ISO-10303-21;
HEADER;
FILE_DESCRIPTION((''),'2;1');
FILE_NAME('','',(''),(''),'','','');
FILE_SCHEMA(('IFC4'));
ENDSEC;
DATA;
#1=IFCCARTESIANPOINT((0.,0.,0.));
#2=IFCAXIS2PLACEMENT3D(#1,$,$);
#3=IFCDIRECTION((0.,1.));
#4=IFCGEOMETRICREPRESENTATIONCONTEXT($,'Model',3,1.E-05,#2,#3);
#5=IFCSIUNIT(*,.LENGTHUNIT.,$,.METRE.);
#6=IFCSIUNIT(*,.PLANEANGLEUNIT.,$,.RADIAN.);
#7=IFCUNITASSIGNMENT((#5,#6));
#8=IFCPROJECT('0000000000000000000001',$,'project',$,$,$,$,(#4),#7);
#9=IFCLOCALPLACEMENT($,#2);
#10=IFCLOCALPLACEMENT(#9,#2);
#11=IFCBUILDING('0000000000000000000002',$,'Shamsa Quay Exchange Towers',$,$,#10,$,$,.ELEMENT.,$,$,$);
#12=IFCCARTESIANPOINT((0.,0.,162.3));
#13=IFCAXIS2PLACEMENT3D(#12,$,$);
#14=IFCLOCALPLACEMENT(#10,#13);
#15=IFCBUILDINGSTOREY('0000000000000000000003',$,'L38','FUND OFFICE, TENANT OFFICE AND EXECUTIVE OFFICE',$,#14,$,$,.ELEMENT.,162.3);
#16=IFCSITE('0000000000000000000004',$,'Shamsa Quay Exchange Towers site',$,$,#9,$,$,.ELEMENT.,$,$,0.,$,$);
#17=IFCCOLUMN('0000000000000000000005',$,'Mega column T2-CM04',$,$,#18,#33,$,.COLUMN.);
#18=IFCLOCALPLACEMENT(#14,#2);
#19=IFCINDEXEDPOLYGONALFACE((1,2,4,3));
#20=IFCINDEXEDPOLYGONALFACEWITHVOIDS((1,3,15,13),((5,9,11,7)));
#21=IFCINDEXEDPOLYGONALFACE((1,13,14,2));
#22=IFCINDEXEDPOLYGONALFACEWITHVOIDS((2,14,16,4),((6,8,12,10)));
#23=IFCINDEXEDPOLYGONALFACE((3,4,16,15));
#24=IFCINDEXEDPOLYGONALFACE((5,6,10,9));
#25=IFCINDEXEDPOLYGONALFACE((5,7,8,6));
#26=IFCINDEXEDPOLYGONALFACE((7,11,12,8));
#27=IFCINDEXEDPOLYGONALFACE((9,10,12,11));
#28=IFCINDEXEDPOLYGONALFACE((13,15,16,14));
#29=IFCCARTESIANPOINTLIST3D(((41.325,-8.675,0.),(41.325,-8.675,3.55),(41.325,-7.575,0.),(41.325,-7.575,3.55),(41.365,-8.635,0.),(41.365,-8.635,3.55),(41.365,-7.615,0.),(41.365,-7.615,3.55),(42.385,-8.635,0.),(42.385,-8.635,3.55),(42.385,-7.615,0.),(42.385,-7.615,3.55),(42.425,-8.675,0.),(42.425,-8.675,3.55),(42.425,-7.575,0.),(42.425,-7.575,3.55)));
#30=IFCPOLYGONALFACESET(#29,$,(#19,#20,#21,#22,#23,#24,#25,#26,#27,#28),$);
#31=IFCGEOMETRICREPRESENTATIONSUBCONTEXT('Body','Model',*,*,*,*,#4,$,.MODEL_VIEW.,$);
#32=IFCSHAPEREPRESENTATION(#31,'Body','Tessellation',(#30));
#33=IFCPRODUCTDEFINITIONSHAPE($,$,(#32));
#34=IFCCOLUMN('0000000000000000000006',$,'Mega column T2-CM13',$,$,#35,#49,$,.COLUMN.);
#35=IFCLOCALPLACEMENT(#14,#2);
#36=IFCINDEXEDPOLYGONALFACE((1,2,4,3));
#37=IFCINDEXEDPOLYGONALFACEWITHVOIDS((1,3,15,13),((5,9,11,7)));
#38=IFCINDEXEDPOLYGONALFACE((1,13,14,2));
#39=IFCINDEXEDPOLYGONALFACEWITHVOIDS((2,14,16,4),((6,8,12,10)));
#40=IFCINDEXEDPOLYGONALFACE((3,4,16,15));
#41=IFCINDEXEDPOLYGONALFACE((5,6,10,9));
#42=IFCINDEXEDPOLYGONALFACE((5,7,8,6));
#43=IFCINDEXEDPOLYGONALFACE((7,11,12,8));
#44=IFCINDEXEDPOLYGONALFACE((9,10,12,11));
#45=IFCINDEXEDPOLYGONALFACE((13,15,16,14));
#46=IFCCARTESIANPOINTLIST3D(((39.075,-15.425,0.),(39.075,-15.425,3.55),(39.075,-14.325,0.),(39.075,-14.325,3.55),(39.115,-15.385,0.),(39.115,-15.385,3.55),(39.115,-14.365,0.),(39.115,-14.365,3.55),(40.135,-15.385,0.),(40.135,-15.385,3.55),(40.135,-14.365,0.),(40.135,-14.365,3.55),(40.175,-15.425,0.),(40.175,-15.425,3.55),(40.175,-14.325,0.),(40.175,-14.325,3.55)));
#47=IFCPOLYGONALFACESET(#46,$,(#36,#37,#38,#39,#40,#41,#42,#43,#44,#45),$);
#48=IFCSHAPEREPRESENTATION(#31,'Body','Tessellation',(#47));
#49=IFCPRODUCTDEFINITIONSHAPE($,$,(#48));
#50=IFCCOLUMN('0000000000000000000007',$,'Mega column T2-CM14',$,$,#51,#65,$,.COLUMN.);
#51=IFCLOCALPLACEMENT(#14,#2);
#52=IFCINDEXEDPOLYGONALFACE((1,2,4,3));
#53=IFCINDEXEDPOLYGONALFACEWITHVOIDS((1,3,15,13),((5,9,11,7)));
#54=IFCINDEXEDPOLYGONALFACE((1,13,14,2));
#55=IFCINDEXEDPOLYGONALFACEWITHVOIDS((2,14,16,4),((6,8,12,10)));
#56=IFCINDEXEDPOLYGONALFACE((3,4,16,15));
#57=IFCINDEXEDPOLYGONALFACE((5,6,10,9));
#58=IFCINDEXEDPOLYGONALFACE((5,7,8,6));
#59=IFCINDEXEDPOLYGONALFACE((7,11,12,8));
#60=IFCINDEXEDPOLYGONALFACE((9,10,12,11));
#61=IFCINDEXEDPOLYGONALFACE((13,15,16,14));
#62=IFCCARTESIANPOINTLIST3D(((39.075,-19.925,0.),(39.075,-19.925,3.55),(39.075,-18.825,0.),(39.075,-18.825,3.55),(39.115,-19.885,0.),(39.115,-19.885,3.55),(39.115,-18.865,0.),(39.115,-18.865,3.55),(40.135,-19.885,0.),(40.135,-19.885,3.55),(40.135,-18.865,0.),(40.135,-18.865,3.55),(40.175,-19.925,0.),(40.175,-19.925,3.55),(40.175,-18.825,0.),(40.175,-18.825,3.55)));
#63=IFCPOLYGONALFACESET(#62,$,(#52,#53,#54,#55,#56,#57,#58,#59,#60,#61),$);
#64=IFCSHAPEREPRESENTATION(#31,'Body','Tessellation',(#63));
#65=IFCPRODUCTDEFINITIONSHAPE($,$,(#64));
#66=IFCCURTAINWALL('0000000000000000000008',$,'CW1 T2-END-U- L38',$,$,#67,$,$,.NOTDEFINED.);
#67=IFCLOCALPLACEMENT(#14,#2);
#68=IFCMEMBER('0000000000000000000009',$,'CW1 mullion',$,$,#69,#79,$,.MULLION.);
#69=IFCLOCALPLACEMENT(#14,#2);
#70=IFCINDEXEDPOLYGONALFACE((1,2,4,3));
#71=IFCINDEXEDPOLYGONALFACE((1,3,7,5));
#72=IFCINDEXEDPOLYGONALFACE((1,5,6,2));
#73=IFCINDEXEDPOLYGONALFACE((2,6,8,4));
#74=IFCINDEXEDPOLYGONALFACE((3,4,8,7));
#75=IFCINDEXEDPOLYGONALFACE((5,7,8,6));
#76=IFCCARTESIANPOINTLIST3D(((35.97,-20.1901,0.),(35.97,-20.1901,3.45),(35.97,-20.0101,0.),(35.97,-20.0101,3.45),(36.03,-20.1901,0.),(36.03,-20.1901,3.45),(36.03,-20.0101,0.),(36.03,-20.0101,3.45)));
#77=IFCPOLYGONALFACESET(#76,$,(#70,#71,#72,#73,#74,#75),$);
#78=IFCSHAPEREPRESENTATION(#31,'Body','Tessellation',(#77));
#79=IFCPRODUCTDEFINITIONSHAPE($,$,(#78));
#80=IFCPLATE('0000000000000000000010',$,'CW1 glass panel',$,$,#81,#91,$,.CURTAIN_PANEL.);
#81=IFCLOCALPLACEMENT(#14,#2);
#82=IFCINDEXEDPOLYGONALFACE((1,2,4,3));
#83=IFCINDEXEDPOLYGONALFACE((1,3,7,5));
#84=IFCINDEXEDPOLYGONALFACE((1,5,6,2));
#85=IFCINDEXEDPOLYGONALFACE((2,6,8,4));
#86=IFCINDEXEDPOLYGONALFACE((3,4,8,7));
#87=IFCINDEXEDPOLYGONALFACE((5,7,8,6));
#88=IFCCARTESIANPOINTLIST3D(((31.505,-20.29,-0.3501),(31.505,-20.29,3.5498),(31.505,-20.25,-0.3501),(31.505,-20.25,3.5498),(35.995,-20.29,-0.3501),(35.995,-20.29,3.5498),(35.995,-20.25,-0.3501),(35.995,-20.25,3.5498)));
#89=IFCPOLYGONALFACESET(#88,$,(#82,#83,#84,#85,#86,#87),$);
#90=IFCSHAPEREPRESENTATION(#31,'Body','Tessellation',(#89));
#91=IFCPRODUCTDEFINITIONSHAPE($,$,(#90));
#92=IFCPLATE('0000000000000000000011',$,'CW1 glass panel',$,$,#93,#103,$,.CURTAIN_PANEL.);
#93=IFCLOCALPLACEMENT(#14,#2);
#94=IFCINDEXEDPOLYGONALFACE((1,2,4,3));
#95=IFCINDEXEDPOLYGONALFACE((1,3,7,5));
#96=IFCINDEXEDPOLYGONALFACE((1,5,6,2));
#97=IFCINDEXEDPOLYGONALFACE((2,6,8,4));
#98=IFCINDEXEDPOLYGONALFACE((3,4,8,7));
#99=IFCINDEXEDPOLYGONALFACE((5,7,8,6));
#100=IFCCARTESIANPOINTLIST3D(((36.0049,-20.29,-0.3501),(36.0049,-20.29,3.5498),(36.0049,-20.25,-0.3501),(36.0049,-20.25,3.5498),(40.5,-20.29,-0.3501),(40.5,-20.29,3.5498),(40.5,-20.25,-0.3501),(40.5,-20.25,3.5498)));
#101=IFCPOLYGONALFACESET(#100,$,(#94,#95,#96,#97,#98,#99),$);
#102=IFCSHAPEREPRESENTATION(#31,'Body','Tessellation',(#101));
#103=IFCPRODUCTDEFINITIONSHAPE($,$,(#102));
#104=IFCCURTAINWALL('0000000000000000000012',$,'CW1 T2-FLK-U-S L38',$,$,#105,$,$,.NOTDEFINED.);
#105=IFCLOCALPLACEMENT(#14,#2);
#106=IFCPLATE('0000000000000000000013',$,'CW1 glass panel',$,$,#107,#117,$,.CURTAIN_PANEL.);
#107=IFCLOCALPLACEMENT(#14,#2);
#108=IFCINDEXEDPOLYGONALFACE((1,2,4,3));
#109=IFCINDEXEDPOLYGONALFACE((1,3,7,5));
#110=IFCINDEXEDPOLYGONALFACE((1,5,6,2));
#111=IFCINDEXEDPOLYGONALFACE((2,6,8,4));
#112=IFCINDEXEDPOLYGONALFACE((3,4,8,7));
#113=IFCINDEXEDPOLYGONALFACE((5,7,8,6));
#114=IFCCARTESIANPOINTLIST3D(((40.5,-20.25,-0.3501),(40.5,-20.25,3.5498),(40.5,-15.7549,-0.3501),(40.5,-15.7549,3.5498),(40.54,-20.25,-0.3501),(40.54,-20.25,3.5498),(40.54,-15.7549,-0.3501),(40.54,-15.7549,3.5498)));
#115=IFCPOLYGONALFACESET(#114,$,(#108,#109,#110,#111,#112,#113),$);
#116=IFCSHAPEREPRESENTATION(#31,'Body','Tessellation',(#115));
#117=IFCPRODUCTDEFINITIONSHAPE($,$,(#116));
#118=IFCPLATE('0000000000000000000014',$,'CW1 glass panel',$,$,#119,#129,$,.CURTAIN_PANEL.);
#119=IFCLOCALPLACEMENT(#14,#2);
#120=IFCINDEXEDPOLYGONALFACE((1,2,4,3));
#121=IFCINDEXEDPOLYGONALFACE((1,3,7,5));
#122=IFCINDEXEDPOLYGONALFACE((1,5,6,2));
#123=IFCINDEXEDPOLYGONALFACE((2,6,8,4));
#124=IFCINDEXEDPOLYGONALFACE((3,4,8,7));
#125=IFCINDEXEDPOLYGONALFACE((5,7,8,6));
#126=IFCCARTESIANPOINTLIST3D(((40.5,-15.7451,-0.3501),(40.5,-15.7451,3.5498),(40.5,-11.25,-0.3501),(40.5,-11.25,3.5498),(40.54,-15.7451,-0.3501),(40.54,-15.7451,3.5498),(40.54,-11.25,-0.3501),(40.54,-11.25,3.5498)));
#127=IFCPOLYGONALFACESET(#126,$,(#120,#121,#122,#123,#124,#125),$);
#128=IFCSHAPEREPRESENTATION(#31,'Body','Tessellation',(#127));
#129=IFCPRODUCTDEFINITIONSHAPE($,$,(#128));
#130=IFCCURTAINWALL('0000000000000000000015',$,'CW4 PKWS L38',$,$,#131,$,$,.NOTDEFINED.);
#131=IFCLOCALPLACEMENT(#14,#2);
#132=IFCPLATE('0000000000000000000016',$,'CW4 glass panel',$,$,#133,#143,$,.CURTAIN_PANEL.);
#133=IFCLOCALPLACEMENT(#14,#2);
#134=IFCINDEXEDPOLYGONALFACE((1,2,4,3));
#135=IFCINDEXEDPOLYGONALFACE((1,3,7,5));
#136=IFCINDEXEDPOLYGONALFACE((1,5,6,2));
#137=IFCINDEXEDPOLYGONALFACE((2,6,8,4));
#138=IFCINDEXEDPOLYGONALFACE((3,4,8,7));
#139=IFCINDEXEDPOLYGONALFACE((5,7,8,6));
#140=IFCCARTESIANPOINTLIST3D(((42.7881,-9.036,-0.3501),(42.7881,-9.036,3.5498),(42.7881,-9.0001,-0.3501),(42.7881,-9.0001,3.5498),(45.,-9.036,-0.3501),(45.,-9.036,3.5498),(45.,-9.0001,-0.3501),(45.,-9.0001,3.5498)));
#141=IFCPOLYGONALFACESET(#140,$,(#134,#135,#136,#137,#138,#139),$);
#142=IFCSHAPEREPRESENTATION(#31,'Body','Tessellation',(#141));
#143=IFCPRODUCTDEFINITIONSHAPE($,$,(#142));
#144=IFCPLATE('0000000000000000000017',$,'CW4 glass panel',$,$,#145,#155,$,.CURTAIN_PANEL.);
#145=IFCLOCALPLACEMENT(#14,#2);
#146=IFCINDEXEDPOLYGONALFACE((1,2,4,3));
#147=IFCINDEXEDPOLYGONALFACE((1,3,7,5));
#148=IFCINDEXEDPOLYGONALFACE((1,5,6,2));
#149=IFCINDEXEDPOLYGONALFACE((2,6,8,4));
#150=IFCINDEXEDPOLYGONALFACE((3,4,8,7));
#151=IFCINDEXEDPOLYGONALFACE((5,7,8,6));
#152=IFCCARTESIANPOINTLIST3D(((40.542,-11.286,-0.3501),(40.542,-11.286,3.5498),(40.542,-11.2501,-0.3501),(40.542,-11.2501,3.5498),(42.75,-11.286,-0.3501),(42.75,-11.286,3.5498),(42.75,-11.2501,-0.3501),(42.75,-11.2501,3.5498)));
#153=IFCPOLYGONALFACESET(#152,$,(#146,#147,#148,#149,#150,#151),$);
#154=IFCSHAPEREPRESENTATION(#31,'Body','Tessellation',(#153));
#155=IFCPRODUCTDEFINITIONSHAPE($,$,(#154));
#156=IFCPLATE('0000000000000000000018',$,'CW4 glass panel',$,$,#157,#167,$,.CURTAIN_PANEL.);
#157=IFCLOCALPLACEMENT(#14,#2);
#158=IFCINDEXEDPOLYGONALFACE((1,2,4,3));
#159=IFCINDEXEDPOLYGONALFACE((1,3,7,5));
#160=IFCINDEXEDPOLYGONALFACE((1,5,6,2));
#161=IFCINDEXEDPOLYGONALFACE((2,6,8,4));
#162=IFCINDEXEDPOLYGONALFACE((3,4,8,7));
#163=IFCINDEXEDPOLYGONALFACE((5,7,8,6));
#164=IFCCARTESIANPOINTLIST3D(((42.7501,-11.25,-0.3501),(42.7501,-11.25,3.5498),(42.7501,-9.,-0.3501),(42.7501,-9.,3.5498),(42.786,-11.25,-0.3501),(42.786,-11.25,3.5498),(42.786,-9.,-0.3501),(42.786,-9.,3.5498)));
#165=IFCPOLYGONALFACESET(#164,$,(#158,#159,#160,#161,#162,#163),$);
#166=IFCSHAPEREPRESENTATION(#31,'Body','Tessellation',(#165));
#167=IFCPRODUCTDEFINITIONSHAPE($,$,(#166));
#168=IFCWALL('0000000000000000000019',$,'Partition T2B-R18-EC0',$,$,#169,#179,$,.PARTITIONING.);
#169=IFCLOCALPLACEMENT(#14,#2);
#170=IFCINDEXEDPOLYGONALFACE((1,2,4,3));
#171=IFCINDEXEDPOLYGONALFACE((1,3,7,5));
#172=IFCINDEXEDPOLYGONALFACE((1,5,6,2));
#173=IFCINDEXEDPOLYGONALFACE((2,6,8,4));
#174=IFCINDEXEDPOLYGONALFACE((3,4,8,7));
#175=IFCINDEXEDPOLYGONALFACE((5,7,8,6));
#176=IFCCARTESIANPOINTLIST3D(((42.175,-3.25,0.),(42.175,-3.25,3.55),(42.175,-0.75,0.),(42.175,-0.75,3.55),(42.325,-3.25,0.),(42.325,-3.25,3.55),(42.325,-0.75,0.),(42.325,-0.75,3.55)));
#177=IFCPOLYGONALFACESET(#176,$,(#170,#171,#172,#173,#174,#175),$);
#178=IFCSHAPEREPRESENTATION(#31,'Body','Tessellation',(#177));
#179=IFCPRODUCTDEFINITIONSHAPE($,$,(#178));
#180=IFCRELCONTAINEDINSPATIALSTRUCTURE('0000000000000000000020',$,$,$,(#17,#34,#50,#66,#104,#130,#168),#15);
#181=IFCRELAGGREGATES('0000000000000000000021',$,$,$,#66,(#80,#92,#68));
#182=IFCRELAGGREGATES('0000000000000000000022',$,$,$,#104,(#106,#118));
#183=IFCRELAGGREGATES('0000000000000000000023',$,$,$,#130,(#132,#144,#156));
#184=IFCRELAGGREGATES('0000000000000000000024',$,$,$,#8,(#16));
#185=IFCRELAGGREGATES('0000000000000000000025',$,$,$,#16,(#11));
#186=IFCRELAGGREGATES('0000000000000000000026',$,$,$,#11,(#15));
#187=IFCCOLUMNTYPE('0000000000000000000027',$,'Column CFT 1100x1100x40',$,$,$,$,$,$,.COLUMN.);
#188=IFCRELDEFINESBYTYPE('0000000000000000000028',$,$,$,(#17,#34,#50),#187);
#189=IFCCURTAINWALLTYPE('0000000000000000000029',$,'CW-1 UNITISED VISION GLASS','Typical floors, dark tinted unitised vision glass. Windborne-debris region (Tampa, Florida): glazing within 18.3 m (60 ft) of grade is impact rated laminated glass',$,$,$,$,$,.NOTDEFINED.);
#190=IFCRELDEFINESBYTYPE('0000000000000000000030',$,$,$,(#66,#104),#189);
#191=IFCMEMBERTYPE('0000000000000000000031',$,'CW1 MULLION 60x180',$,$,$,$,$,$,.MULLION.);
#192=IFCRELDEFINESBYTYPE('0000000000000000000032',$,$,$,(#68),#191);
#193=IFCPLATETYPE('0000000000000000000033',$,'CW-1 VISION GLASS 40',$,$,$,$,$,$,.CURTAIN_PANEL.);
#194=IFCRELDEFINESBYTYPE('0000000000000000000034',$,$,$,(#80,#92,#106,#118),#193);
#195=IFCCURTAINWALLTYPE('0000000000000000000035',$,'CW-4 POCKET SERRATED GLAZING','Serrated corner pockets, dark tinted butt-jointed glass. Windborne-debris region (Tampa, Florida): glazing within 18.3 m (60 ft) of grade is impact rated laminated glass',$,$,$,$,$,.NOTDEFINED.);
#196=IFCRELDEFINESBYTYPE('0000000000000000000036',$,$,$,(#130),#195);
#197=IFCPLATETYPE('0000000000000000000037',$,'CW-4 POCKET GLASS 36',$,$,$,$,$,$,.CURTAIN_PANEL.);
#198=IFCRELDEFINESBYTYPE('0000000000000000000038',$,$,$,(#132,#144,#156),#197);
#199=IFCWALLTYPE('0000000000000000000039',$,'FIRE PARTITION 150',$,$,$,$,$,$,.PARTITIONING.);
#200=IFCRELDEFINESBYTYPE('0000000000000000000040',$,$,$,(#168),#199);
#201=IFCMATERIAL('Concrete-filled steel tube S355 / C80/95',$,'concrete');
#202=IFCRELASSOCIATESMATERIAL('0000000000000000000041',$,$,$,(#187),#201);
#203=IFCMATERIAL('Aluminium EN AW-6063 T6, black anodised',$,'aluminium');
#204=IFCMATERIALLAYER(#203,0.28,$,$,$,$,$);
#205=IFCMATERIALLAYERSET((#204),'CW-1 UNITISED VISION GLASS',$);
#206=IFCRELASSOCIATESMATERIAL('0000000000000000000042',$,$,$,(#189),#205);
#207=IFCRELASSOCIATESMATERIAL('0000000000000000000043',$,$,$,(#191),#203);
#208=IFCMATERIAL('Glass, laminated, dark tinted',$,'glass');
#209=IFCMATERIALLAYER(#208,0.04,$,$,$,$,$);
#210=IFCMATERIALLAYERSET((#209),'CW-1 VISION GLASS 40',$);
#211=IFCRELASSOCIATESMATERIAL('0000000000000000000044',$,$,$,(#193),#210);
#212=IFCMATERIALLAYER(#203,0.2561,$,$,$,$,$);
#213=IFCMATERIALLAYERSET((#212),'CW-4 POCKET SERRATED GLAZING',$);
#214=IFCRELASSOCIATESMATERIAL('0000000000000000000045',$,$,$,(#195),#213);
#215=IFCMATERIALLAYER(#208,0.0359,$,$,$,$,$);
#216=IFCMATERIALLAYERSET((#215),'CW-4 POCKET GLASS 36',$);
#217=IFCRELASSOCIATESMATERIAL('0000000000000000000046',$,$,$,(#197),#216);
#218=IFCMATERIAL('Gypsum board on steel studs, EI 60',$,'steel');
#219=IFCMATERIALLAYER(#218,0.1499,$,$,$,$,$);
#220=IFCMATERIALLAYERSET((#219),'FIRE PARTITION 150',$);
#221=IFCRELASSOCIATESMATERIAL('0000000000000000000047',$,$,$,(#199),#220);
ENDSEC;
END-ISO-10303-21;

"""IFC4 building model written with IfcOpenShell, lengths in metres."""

from ifc_helpers import new_model, si_unit, direction, frame, frame_2d, origin, origin_2d, place, context, subcontext, project, spatial, rectangle, hollow_rectangle, extrude, material, layer, layer_set, material_profile, profile_set, type_object, element, aggregate, save


model = new_model("IFC4")

# Units and contexts
model_context = context("Model", 3, precision=1e-05, world=origin(), true_north=direction((0.0, 1.0)))
body_context = subcontext(model_context, "Body", "Model", "MODEL_VIEW")
ifc_project = project(units=[si_unit("LENGTHUNIT", "METRE"), si_unit("PLANEANGLEUNIT", "RADIAN")], contexts=[model_context])

# Site, building, storey
site_placement = place(None, origin())
site = spatial("IfcSite", under=ifc_project, at=site_placement, Name="Shamsa Quay Exchange Towers site", CompositionType="ELEMENT", RefElevation=0.0)
building_placement = place(site_placement, origin())
building = spatial("IfcBuilding", under=site, at=building_placement, Name="Shamsa Quay Exchange Towers", CompositionType="ELEMENT")
storey_placement = place(building_placement, frame((0.0, 0.0, 162.3)))
storey = spatial("IfcBuildingStorey", under=building, at=storey_placement, Name="L38", Description="FUND OFFICE, TENANT OFFICE AND EXECUTIVE OFFICE", CompositionType="ELEMENT", Elevation=162.3)

# Columns
ifc_material_1 = material(Name="Concrete-filled steel tube S355 / C80/95", Category="concrete")
ifc_material_profile_1 = material_profile(ifc_material_1, hollow_rectangle(XDim=1.1001, YDim=1.1001, WallThickness=0.04, at=origin_2d()), Name="CFT 1100x1100x40")
ifc_profile_set_1 = profile_set([ifc_material_profile_1], Name="Concrete-filled steel tube S355 / C80/95")
column_type = type_object("IfcColumnType", Name="Column CFT 1100x1100x40", PredefinedType="COLUMN", material=ifc_profile_set_1)
for number, where, name in (
    (1, (41.875, -8.125, 0.0), "Mega column T2-CM04"),
    (2, (39.625, -14.875, 0.0), "Mega column T2-CM13"),
    (3, (39.625, -19.375, 0.0), "Mega column T2-CM14"),
):
    element("IfcColumn", number, at=place(storey_placement, frame(where)), inside=storey, type_object=column_type, Name=name, PredefinedType="COLUMN", context=body_context, shape_type="SweptSolid", body=[
        extrude(hollow_rectangle(XDim=1.1001, YDim=1.1001, WallThickness=0.04, at=origin_2d()), origin(), (0.0, 0.0, 1.0), 3.55),
    ])

# Curtain wall, member, plates
ifc_material_2 = material(Name="Aluminium EN AW-6063 T6, black anodised", Category="aluminium")
ifc_layer_1 = layer(ifc_material_2, 0.28)
ifc_layer_set_1 = layer_set([ifc_layer_1], Name="CW-1 UNITISED VISION GLASS")
curtain_wall_type_1 = type_object("IfcCurtainWallType", Name="CW-1 UNITISED VISION GLASS", Description="Typical floors, dark tinted unitised vision glass. Windborne-debris region (Tampa, Florida): glazing within 18.3 m (60 ft) of grade is impact rated laminated glass", PredefinedType="NOTDEFINED", material=ifc_layer_set_1)
curtain_wall_1_placement = place(storey_placement, origin())
curtain_wall_1 = element("IfcCurtainWall", 4, at=curtain_wall_1_placement, inside=storey, type_object=curtain_wall_type_1, Name="CW1 T2-END-U- L38", PredefinedType="NOTDEFINED")
ifc_material_profile_2 = material_profile(ifc_material_2, rectangle(XDim=0.1799, YDim=0.0601, at=origin_2d()), Name="MU60x180")
ifc_profile_set_2 = profile_set([ifc_material_profile_2], Name="Aluminium EN AW-6063 T6, black anodised")
member_type = type_object("IfcMemberType", Name="CW1 MULLION 60x180", PredefinedType="MULLION", material=ifc_profile_set_2)
member_placement = place(storey_placement, frame((36.0, -20.1001, 0.0), z_axis=(0.0, 0.0, 1.0), x_axis=(0.0, 1.0, 0.0)))
member = element("IfcMember", 5, at=member_placement, type_object=member_type, Name="CW1 mullion", PredefinedType="MULLION", context=body_context, shape_type="SweptSolid", body=[
    extrude(rectangle(XDim=0.1799, YDim=0.0601, at=origin_2d()), origin(), (0.0, 0.0, 1.0), 3.45),
])
ifc_material_3 = material(Name="Glass, laminated, dark tinted", Category="glass")
ifc_layer_2 = layer(ifc_material_3, 0.04)
ifc_layer_set_2 = layer_set([ifc_layer_2], Name="CW-1 VISION GLASS 40")
plate_type_1 = type_object("IfcPlateType", Name="CW-1 VISION GLASS 40", PredefinedType="CURTAIN_PANEL", material=ifc_layer_set_2)
plate_1_placement = place(storey_placement, frame((33.75, -20.27, -0.3501)))
plate_1 = element("IfcPlate", 6, at=plate_1_placement, type_object=plate_type_1, Name="CW1 glass panel", PredefinedType="CURTAIN_PANEL", context=body_context, shape_type="SweptSolid", body=[
    extrude(rectangle(XDim=4.49, YDim=0.04, at=origin_2d()), origin(), (0.0, 0.0, 1.0), 3.8999),
])
plate_2_placement = place(storey_placement, frame((38.2524, -20.27, -0.3501)))
plate_2 = element("IfcPlate", 7, at=plate_2_placement, type_object=plate_type_1, Name="CW1 glass panel", PredefinedType="CURTAIN_PANEL", context=body_context, shape_type="SweptSolid", body=[
    extrude(rectangle(XDim=4.4951, YDim=0.04, at=origin_2d()), origin(), (0.0, 0.0, 1.0), 3.8999),
])
aggregate(curtain_wall_1, [plate_1, plate_2, member])

# Curtain walls, plates
curtain_wall_2_placement = place(storey_placement, origin())
curtain_wall_2 = element("IfcCurtainWall", 8, at=curtain_wall_2_placement, inside=storey, type_object=curtain_wall_type_1, Name="CW1 T2-FLK-U-S L38", PredefinedType="NOTDEFINED")
plate_3_placement = place(storey_placement, frame((40.52, -18.0024, -0.3501), z_axis=(0.0, 0.0, 1.0), x_axis=(0.0, 1.0, 0.0)))
plate_3 = element("IfcPlate", 9, at=plate_3_placement, type_object=plate_type_1, Name="CW1 glass panel", PredefinedType="CURTAIN_PANEL", context=body_context, shape_type="SweptSolid", body=[
    extrude(rectangle(XDim=4.4951, YDim=0.04, at=origin_2d()), origin(), (0.0, 0.0, 1.0), 3.8999),
])
plate_4_placement = place(storey_placement, frame((40.52, -13.4976, -0.3501), z_axis=(0.0, 0.0, 1.0), x_axis=(0.0, 1.0, 0.0)))
plate_4 = element("IfcPlate", 10, at=plate_4_placement, type_object=plate_type_1, Name="CW1 glass panel", PredefinedType="CURTAIN_PANEL", context=body_context, shape_type="SweptSolid", body=[
    extrude(rectangle(XDim=4.4951, YDim=0.04, at=origin_2d()), origin(), (0.0, 0.0, 1.0), 3.8999),
])
aggregate(curtain_wall_2, [plate_3, plate_4])
ifc_layer_3 = layer(ifc_material_2, 0.2561)
ifc_layer_set_3 = layer_set([ifc_layer_3], Name="CW-4 POCKET SERRATED GLAZING")
curtain_wall_type_2 = type_object("IfcCurtainWallType", Name="CW-4 POCKET SERRATED GLAZING", Description="Serrated corner pockets, dark tinted butt-jointed glass. Windborne-debris region (Tampa, Florida): glazing within 18.3 m (60 ft) of grade is impact rated laminated glass", PredefinedType="NOTDEFINED", material=ifc_layer_set_3)
curtain_wall_3_placement = place(storey_placement, origin())
curtain_wall_3 = element("IfcCurtainWall", 11, at=curtain_wall_3_placement, inside=storey, type_object=curtain_wall_type_2, Name="CW4 PKWS L38", PredefinedType="NOTDEFINED")
ifc_layer_4 = layer(ifc_material_3, 0.0359)
ifc_layer_set_4 = layer_set([ifc_layer_4], Name="CW-4 POCKET GLASS 36")
plate_type_2 = type_object("IfcPlateType", Name="CW-4 POCKET GLASS 36", PredefinedType="CURTAIN_PANEL", material=ifc_layer_set_4)
plate_5_placement = place(storey_placement, frame((43.894, -9.0181, -0.3501)))
plate_5 = element("IfcPlate", 12, at=plate_5_placement, type_object=plate_type_2, Name="CW4 glass panel", PredefinedType="CURTAIN_PANEL", context=body_context, shape_type="SweptSolid", body=[
    extrude(rectangle(XDim=2.2119, YDim=0.0359, at=origin_2d()), origin(), (0.0, 0.0, 1.0), 3.8999),
])
plate_6_placement = place(storey_placement, frame((41.646, -11.2681, -0.3501)))
plate_6 = element("IfcPlate", 13, at=plate_6_placement, type_object=plate_type_2, Name="CW4 glass panel", PredefinedType="CURTAIN_PANEL", context=body_context, shape_type="SweptSolid", body=[
    extrude(rectangle(XDim=2.208, YDim=0.0359, at=origin_2d()), origin(), (0.0, 0.0, 1.0), 3.8999),
])
plate_7_placement = place(storey_placement, frame((42.7681, -10.125, -0.3501), z_axis=(0.0, 0.0, 1.0), x_axis=(0.0, 1.0, 0.0)))
plate_7 = element("IfcPlate", 14, at=plate_7_placement, type_object=plate_type_2, Name="CW4 glass panel", PredefinedType="CURTAIN_PANEL", context=body_context, shape_type="SweptSolid", body=[
    extrude(rectangle(XDim=2.25, YDim=0.0359, at=origin_2d()), origin(), (0.0, 0.0, 1.0), 3.8999),
])
aggregate(curtain_wall_3, [plate_5, plate_6, plate_7])

# Wall
ifc_material_4 = material(Name="Gypsum board on steel studs, EI 60", Category="steel")
ifc_layer_5 = layer(ifc_material_4, 0.1499)
ifc_layer_set_5 = layer_set([ifc_layer_5], Name="FIRE PARTITION 150")
wall_type_1 = type_object("IfcWallType", Name="FIRE PARTITION 150", PredefinedType="PARTITIONING", material=ifc_layer_set_5)
wall_1_placement = place(storey_placement, frame((42.25, -3.25, 0.0), z_axis=(0.0, 0.0, 1.0), x_axis=(0.0, 1.0, 0.0)))
element("IfcWall", 15, at=wall_1_placement, inside=storey, type_object=wall_type_1, Name="Partition T2B-R18-EC0", PredefinedType="PARTITIONING", context=body_context, shape_type="SweptSolid", body=[
    extrude(rectangle(XDim=2.5, YDim=0.1499, at=frame_2d((1.25, 0.0))), origin(), (0.0, 0.0, 1.0), 3.55),
])

save(model, "model.ifc")
